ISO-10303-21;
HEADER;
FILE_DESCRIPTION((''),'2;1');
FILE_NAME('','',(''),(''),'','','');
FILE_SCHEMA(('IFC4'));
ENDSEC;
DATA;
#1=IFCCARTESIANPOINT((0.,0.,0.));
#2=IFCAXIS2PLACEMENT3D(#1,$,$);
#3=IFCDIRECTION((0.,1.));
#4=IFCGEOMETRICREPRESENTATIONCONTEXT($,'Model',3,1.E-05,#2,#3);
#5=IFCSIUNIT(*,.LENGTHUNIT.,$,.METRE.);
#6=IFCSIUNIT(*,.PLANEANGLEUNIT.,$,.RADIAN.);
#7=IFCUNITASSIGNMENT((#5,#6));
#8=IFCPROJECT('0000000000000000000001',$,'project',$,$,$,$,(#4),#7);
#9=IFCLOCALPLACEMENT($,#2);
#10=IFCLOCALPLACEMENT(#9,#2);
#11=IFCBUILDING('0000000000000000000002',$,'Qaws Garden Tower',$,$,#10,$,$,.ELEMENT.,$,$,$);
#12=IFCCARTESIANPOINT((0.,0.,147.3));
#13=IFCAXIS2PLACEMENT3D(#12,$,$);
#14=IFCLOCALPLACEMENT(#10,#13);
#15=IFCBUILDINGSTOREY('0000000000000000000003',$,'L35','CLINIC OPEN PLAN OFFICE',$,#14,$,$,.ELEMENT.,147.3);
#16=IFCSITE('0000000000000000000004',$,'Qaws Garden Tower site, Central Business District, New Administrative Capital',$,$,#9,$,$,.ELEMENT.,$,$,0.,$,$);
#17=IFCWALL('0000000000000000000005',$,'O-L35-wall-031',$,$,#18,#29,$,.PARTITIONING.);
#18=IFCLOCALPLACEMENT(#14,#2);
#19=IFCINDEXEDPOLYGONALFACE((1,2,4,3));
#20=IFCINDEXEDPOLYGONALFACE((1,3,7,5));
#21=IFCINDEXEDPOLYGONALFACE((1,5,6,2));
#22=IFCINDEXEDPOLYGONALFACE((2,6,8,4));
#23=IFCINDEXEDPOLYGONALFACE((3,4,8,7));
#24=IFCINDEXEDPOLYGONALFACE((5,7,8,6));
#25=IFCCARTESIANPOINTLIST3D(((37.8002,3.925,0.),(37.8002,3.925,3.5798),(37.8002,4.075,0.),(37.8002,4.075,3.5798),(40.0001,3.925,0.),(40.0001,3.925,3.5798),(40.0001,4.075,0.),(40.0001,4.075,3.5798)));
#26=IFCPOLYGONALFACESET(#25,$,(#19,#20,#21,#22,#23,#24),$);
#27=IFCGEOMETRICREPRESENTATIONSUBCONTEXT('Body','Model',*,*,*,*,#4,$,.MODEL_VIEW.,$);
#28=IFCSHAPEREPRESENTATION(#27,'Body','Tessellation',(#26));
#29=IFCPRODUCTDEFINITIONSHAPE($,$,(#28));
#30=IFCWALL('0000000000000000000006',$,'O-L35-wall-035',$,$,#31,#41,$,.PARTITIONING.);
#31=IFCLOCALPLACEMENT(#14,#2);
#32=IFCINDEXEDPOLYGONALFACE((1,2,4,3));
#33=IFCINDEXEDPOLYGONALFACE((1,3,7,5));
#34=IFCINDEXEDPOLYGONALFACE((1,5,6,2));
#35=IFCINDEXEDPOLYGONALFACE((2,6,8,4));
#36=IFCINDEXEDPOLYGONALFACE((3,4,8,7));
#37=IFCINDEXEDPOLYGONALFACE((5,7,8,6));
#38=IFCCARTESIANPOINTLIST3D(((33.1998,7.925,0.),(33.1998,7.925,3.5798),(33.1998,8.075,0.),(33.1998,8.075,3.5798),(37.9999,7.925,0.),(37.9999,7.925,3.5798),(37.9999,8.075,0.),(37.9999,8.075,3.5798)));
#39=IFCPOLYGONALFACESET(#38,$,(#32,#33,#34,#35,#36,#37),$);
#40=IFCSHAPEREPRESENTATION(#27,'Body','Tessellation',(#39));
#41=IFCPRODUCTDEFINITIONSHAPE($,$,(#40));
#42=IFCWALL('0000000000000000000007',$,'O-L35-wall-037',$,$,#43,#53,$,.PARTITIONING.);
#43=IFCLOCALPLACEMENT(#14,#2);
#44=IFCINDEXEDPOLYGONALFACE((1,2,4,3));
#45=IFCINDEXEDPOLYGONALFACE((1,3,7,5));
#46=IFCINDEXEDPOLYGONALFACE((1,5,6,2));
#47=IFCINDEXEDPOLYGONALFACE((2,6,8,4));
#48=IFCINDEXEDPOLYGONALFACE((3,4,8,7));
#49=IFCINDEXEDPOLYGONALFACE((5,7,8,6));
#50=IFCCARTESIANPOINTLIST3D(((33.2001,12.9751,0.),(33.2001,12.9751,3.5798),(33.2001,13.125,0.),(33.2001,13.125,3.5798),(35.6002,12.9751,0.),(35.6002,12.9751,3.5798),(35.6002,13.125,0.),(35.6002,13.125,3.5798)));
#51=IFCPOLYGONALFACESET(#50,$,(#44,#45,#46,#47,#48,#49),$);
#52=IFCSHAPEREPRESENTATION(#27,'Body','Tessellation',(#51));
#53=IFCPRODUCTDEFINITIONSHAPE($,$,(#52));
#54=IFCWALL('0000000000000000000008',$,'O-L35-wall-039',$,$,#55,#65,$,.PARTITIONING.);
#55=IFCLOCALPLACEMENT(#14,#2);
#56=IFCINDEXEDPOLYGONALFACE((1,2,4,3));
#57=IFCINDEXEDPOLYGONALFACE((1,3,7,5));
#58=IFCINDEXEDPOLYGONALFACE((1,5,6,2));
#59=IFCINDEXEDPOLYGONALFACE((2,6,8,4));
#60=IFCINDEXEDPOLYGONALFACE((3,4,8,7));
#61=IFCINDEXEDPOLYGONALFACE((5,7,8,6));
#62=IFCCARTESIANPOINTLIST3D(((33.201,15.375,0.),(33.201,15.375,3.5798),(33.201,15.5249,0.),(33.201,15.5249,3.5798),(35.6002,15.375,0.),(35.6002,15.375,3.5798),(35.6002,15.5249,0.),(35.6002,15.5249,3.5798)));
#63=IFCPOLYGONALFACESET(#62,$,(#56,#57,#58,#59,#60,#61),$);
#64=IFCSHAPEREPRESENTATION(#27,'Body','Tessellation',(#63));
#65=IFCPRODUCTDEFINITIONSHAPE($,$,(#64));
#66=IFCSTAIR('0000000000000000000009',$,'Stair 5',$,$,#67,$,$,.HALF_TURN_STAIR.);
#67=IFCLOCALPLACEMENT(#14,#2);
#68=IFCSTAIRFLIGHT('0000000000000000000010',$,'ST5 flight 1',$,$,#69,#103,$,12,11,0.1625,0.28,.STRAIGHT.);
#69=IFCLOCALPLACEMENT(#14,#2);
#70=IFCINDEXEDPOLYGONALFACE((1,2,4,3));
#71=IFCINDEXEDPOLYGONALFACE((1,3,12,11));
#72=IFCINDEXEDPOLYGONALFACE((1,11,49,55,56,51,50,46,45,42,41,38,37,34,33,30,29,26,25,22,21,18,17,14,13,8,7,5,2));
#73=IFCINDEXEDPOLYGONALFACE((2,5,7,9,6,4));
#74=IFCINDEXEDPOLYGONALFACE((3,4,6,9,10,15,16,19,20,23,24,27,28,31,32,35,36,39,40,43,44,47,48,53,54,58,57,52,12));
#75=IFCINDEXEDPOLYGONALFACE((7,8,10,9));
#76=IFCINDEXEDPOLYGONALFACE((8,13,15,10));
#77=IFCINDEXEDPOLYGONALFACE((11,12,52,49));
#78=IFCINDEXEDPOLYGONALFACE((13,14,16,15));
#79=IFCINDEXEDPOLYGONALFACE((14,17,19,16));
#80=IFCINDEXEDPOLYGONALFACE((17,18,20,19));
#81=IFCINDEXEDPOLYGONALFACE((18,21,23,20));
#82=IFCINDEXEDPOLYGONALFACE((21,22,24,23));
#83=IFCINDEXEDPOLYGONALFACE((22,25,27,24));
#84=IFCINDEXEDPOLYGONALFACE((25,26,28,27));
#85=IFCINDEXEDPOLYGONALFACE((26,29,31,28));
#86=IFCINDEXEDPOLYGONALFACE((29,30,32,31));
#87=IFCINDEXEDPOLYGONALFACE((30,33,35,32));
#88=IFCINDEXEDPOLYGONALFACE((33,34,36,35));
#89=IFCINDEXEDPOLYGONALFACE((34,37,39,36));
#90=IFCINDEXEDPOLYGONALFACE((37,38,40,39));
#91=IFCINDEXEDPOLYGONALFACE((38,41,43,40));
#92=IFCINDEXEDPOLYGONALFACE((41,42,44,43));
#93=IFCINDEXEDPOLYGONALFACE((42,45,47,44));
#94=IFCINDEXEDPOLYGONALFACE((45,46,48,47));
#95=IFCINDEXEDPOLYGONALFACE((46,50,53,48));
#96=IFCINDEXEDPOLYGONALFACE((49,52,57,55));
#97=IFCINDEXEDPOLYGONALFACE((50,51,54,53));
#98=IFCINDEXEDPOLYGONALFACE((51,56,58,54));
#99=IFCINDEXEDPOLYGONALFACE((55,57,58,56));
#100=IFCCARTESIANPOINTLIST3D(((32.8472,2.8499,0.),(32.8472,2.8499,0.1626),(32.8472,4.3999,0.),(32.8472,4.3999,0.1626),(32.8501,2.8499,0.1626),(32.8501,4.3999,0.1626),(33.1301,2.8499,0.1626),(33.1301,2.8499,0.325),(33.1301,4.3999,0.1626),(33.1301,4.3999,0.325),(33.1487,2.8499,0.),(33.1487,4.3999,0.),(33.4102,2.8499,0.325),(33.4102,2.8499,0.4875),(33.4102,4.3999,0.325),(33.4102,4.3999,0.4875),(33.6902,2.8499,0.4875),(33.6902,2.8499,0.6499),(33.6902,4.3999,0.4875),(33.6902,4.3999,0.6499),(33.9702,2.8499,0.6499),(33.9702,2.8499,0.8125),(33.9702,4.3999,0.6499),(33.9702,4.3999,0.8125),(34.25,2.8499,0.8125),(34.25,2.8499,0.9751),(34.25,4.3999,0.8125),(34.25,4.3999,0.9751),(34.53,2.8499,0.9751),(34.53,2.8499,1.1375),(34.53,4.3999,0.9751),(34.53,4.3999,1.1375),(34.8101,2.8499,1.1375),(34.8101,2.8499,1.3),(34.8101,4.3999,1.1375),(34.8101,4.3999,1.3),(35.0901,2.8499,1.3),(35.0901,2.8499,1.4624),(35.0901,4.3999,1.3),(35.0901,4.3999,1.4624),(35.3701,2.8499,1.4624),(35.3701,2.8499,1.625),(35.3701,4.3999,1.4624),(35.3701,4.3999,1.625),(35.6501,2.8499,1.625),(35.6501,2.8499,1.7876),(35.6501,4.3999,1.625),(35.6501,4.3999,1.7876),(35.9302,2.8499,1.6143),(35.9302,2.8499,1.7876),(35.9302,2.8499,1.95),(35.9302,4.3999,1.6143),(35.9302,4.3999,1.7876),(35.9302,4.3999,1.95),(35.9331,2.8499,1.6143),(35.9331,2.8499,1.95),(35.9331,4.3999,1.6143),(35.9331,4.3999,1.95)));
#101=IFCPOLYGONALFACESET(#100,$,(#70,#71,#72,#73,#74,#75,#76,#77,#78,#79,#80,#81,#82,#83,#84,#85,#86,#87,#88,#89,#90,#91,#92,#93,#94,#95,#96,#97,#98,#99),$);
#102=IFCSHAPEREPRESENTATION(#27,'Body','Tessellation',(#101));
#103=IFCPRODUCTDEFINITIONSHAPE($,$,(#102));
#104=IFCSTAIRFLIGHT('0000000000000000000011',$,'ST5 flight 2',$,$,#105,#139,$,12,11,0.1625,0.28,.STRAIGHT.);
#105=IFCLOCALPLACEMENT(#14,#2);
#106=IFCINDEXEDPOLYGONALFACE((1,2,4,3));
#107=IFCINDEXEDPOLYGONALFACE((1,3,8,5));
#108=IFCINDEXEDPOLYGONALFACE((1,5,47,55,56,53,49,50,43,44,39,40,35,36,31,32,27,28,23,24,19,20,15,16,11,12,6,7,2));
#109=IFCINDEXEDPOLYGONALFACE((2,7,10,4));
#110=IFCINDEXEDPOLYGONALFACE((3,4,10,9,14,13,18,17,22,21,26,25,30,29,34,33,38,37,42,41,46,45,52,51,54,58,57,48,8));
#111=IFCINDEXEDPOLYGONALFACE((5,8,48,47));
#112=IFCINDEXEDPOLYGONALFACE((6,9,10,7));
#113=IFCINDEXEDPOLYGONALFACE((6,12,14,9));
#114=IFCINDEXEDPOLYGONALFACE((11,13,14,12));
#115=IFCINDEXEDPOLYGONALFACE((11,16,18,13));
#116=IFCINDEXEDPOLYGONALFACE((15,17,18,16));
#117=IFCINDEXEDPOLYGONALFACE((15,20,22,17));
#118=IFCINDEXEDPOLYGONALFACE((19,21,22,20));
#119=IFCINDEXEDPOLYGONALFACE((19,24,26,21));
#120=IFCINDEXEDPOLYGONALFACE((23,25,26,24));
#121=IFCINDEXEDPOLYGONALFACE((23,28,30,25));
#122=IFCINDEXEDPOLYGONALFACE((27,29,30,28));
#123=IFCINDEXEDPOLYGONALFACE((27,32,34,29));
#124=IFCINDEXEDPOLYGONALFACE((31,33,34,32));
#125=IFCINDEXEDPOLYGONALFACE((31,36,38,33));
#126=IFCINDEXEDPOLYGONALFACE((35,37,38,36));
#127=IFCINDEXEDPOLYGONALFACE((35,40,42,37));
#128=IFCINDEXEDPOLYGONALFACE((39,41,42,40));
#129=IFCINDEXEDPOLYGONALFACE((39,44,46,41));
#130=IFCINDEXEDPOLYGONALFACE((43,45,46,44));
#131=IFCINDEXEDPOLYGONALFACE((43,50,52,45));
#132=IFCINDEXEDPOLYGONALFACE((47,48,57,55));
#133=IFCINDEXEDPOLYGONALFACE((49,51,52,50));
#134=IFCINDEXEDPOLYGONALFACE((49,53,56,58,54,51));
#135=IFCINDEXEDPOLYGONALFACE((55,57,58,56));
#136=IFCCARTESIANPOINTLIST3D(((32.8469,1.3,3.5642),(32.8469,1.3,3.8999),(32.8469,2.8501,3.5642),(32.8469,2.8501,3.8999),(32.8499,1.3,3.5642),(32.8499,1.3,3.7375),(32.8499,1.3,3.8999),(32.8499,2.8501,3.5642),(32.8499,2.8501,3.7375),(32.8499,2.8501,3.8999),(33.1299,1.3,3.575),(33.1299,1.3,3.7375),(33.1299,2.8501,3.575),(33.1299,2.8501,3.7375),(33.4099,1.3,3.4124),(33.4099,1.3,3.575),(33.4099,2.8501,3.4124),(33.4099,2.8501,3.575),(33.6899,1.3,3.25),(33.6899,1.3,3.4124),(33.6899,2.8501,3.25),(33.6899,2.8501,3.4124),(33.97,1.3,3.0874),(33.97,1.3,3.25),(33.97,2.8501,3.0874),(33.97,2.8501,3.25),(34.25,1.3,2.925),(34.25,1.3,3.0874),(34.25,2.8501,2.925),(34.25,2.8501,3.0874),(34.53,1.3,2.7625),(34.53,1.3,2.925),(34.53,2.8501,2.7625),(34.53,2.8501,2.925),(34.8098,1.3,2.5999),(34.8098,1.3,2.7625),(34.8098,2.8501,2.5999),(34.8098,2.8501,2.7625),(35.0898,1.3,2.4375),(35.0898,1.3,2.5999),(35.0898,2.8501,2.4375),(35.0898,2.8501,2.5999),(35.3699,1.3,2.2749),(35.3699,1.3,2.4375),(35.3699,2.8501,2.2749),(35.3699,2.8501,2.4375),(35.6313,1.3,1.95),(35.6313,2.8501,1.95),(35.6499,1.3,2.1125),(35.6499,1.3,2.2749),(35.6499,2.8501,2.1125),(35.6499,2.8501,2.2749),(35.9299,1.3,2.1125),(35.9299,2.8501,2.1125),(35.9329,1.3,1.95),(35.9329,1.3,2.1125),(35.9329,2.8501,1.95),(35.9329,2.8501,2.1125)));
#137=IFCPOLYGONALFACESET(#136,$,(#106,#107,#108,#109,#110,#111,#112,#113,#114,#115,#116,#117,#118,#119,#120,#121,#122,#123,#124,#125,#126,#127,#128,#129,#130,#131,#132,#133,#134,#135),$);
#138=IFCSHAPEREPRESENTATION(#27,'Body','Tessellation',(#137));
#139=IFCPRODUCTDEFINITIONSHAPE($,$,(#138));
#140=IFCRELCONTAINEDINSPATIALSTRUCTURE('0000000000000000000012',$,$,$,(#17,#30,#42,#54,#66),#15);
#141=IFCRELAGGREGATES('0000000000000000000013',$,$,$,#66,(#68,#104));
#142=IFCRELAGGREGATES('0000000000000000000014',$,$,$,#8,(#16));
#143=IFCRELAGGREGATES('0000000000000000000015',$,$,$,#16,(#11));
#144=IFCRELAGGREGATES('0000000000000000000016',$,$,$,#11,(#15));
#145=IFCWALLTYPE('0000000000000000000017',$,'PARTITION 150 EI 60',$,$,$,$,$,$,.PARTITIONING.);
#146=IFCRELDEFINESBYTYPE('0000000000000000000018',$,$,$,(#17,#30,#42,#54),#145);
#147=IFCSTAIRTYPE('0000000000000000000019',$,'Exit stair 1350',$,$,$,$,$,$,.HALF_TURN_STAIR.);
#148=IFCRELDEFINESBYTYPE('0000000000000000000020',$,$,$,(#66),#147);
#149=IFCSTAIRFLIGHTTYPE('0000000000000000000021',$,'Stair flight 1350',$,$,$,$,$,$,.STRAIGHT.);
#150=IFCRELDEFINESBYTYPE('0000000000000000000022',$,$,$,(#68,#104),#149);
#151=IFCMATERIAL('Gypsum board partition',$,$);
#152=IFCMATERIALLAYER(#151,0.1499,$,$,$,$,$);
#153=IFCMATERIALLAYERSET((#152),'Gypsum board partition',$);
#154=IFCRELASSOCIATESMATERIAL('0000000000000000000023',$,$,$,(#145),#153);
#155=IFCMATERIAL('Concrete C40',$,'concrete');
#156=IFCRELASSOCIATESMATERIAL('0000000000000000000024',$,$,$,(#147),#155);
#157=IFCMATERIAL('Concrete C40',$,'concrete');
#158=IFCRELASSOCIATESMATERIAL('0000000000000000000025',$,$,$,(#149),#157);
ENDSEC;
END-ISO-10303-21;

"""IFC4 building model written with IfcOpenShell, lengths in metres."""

from ifc_helpers import new_model, si_unit, direction, frame, frame_2d, origin, place, context, subcontext, project, spatial, polyline, rectangle, outline, extrude, material, layer, layer_set, type_object, element, aggregate, save


model = new_model("IFC4")

# Units and contexts
model_context = context("Model", 3, precision=1e-05, world=origin(), true_north=direction((0.0, 1.0)))
body_context = subcontext(model_context, "Body", "Model", "MODEL_VIEW")
ifc_project = project(units=[si_unit("LENGTHUNIT", "METRE"), si_unit("PLANEANGLEUNIT", "RADIAN")], contexts=[model_context])

# Site, building, storey
site_placement = place(None, origin())
site = spatial("IfcSite", under=ifc_project, at=site_placement, Name="Qaws Garden Tower site, Central Business District, New Administrative Capital", CompositionType="ELEMENT", RefElevation=0.0)
building_placement = place(site_placement, origin())
building = spatial("IfcBuilding", under=site, at=building_placement, Name="Qaws Garden Tower", CompositionType="ELEMENT")
storey_placement = place(building_placement, frame((0.0, 0.0, 147.3)))
storey = spatial("IfcBuildingStorey", under=building, at=storey_placement, Name="L35", Description="CLINIC OPEN PLAN OFFICE", CompositionType="ELEMENT", Elevation=147.3)

# Shared definitions
ifc_material_1 = material(Name="Gypsum board partition")
ifc_layer_1 = layer(ifc_material_1, 0.1499)
ifc_layer_set_1 = layer_set([ifc_layer_1], Name="Gypsum board partition")
wall_type_1 = type_object("IfcWallType", Name="PARTITION 150 EI 60", PredefinedType="PARTITIONING", material=ifc_layer_set_1)

# Walls
wall_1_placement = place(storey_placement, frame((37.8, 4.0, 0.0), z_axis=(0.0, 0.0, 1.0), x_axis=(1.0, 0.0, 0.0)))
element("IfcWall", 1, at=wall_1_placement, inside=storey, type_object=wall_type_1, Name="O-L35-wall-031", PredefinedType="PARTITIONING", context=body_context, shape_type="SweptSolid", body=[
    extrude(rectangle(XDim=2.2, YDim=0.1499, at=frame_2d((1.1001, 0.0))), origin(), (0.0, 0.0, 1.0), 3.5798),
])
wall_2_placement = place(storey_placement, frame((33.2, 8.0, 0.0), z_axis=(0.0, 0.0, 1.0), x_axis=(1.0, 0.0, 0.0)))
element("IfcWall", 2, at=wall_2_placement, inside=storey, type_object=wall_type_1, Name="O-L35-wall-035", PredefinedType="PARTITIONING", context=body_context, shape_type="SweptSolid", body=[
    extrude(rectangle(XDim=4.8, YDim=0.1499, at=frame_2d((2.3999, 0.0))), origin(), (0.0, 0.0, 1.0), 3.5798),
])
wall_3_placement = place(storey_placement, frame((33.2, 13.05, 0.0), z_axis=(0.0, 0.0, 1.0), x_axis=(1.0, 0.0, 0.0)))
element("IfcWall", 3, at=wall_3_placement, inside=storey, type_object=wall_type_1, Name="O-L35-wall-037", PredefinedType="PARTITIONING", context=body_context, shape_type="SweptSolid", body=[
    extrude(rectangle(XDim=2.4001, YDim=0.1499, at=frame_2d((1.2002, 0.0))), origin(), (0.0, 0.0, 1.0), 3.5798),
])
wall_4_placement = place(storey_placement, frame((33.2009, 15.45, 0.0), z_axis=(0.0, 0.0, 1.0), x_axis=(1.0, 0.0, 0.0)))
element("IfcWall", 4, at=wall_4_placement, inside=storey, type_object=wall_type_1, Name="O-L35-wall-039", PredefinedType="PARTITIONING", context=body_context, shape_type="SweptSolid", body=[
    extrude(rectangle(XDim=2.3992, YDim=0.1499, at=frame_2d((1.1997, 0.0))), origin(), (0.0, 0.0, 1.0), 3.5798),
])

# Stair, stair flights
ifc_material_2 = material(Name="Concrete C40", Category="concrete")
stair_type = type_object("IfcStairType", Name="Exit stair 1350", PredefinedType="HALF_TURN_STAIR", material=ifc_material_2)
stair_placement = place(storey_placement, origin())
stair = element("IfcStair", 5, at=stair_placement, inside=storey, type_object=stair_type, Name="Stair 5", PredefinedType="HALF_TURN_STAIR")
ifc_material_3 = material(Name="Concrete C40", Category="concrete")
stair_flight_type = type_object("IfcStairFlightType", Name="Stair flight 1350", PredefinedType="STRAIGHT", material=ifc_material_3)
stair_flight_1_placement = place(storey_placement, frame((32.8501, 3.625, 0.0), z_axis=(0.0, 0.0, 1.0), x_axis=(1.0, 0.0, 0.0)))
stair_flight_1 = element("IfcStairFlight", 6, at=stair_flight_1_placement, type_object=stair_flight_type, Name="ST5 flight 1", NumberOfRisers=12, NumberOfTreads=11, PredefinedType="STRAIGHT", RiserHeight=0.1625, TreadLength=0.28, context=body_context, shape_type="SweptSolid", body=[
    extrude(outline(polyline([(-0.0029, 0.0), (-0.0029, 0.1626), (0.0, 0.1626), (0.28, 0.1626), (0.28, 0.325), (0.5601, 0.325), (0.5601, 0.4875), (0.8401, 0.4875), (0.8401, 0.6499), (1.1201, 0.6499), (1.1201, 0.8125), (1.3999, 0.8125), (1.3999, 0.9751), (1.6799, 0.9751), (1.6799, 1.1375), (1.96, 1.1375), (1.96, 1.3), (2.24, 1.3), (2.24, 1.4624), (2.52, 1.4624), (2.52, 1.625), (2.8, 1.625), (2.8, 1.7876), (3.0801, 1.7876), (3.0801, 1.95), (3.083, 1.95), (3.083, 1.6143), (3.0801, 1.6143), (0.2986, 0.0), (-0.0029, 0.0)])), frame((0.0, 0.7749, 0.0), z_axis=(0.0, -1.0, 0.0), x_axis=(1.0, 0.0, 0.0)), (0.0, 0.0, 1.0), 1.55),
])
stair_flight_2_placement = place(storey_placement, frame((35.9299, 2.075, 1.95), z_axis=(0.0, 0.0, 1.0), x_axis=(-1.0, 0.0, 0.0)))
stair_flight_2 = element("IfcStairFlight", 7, at=stair_flight_2_placement, type_object=stair_flight_type, Name="ST5 flight 2", NumberOfRisers=12, NumberOfTreads=11, PredefinedType="STRAIGHT", RiserHeight=0.1625, TreadLength=0.28, context=body_context, shape_type="SweptSolid", body=[
    extrude(outline(polyline([(-0.0029, 0.0), (-0.0029, 0.1626), (0.0, 0.1626), (0.28, 0.1626), (0.28, 0.325), (0.5601, 0.325), (0.5601, 0.4875), (0.8401, 0.4875), (0.8401, 0.6499), (1.1201, 0.6499), (1.1201, 0.8125), (1.3999, 0.8125), (1.3999, 0.9751), (1.6799, 0.9751), (1.6799, 1.1375), (1.96, 1.1375), (1.96, 1.3), (2.24, 1.3), (2.24, 1.4624), (2.52, 1.4624), (2.52, 1.625), (2.8, 1.625), (2.8, 1.7876), (3.0801, 1.7876), (3.0801, 1.95), (3.083, 1.95), (3.083, 1.6143), (3.0801, 1.6143), (0.2986, 0.0), (-0.0029, 0.0)])), frame((0.0, 0.7749, 0.0), z_axis=(0.0, -1.0, 0.0), x_axis=(1.0, 0.0, 0.0)), (0.0, 0.0, 1.0), 1.55),
])
aggregate(stair, [stair_flight_1, stair_flight_2])

save(model, "model.ifc")
